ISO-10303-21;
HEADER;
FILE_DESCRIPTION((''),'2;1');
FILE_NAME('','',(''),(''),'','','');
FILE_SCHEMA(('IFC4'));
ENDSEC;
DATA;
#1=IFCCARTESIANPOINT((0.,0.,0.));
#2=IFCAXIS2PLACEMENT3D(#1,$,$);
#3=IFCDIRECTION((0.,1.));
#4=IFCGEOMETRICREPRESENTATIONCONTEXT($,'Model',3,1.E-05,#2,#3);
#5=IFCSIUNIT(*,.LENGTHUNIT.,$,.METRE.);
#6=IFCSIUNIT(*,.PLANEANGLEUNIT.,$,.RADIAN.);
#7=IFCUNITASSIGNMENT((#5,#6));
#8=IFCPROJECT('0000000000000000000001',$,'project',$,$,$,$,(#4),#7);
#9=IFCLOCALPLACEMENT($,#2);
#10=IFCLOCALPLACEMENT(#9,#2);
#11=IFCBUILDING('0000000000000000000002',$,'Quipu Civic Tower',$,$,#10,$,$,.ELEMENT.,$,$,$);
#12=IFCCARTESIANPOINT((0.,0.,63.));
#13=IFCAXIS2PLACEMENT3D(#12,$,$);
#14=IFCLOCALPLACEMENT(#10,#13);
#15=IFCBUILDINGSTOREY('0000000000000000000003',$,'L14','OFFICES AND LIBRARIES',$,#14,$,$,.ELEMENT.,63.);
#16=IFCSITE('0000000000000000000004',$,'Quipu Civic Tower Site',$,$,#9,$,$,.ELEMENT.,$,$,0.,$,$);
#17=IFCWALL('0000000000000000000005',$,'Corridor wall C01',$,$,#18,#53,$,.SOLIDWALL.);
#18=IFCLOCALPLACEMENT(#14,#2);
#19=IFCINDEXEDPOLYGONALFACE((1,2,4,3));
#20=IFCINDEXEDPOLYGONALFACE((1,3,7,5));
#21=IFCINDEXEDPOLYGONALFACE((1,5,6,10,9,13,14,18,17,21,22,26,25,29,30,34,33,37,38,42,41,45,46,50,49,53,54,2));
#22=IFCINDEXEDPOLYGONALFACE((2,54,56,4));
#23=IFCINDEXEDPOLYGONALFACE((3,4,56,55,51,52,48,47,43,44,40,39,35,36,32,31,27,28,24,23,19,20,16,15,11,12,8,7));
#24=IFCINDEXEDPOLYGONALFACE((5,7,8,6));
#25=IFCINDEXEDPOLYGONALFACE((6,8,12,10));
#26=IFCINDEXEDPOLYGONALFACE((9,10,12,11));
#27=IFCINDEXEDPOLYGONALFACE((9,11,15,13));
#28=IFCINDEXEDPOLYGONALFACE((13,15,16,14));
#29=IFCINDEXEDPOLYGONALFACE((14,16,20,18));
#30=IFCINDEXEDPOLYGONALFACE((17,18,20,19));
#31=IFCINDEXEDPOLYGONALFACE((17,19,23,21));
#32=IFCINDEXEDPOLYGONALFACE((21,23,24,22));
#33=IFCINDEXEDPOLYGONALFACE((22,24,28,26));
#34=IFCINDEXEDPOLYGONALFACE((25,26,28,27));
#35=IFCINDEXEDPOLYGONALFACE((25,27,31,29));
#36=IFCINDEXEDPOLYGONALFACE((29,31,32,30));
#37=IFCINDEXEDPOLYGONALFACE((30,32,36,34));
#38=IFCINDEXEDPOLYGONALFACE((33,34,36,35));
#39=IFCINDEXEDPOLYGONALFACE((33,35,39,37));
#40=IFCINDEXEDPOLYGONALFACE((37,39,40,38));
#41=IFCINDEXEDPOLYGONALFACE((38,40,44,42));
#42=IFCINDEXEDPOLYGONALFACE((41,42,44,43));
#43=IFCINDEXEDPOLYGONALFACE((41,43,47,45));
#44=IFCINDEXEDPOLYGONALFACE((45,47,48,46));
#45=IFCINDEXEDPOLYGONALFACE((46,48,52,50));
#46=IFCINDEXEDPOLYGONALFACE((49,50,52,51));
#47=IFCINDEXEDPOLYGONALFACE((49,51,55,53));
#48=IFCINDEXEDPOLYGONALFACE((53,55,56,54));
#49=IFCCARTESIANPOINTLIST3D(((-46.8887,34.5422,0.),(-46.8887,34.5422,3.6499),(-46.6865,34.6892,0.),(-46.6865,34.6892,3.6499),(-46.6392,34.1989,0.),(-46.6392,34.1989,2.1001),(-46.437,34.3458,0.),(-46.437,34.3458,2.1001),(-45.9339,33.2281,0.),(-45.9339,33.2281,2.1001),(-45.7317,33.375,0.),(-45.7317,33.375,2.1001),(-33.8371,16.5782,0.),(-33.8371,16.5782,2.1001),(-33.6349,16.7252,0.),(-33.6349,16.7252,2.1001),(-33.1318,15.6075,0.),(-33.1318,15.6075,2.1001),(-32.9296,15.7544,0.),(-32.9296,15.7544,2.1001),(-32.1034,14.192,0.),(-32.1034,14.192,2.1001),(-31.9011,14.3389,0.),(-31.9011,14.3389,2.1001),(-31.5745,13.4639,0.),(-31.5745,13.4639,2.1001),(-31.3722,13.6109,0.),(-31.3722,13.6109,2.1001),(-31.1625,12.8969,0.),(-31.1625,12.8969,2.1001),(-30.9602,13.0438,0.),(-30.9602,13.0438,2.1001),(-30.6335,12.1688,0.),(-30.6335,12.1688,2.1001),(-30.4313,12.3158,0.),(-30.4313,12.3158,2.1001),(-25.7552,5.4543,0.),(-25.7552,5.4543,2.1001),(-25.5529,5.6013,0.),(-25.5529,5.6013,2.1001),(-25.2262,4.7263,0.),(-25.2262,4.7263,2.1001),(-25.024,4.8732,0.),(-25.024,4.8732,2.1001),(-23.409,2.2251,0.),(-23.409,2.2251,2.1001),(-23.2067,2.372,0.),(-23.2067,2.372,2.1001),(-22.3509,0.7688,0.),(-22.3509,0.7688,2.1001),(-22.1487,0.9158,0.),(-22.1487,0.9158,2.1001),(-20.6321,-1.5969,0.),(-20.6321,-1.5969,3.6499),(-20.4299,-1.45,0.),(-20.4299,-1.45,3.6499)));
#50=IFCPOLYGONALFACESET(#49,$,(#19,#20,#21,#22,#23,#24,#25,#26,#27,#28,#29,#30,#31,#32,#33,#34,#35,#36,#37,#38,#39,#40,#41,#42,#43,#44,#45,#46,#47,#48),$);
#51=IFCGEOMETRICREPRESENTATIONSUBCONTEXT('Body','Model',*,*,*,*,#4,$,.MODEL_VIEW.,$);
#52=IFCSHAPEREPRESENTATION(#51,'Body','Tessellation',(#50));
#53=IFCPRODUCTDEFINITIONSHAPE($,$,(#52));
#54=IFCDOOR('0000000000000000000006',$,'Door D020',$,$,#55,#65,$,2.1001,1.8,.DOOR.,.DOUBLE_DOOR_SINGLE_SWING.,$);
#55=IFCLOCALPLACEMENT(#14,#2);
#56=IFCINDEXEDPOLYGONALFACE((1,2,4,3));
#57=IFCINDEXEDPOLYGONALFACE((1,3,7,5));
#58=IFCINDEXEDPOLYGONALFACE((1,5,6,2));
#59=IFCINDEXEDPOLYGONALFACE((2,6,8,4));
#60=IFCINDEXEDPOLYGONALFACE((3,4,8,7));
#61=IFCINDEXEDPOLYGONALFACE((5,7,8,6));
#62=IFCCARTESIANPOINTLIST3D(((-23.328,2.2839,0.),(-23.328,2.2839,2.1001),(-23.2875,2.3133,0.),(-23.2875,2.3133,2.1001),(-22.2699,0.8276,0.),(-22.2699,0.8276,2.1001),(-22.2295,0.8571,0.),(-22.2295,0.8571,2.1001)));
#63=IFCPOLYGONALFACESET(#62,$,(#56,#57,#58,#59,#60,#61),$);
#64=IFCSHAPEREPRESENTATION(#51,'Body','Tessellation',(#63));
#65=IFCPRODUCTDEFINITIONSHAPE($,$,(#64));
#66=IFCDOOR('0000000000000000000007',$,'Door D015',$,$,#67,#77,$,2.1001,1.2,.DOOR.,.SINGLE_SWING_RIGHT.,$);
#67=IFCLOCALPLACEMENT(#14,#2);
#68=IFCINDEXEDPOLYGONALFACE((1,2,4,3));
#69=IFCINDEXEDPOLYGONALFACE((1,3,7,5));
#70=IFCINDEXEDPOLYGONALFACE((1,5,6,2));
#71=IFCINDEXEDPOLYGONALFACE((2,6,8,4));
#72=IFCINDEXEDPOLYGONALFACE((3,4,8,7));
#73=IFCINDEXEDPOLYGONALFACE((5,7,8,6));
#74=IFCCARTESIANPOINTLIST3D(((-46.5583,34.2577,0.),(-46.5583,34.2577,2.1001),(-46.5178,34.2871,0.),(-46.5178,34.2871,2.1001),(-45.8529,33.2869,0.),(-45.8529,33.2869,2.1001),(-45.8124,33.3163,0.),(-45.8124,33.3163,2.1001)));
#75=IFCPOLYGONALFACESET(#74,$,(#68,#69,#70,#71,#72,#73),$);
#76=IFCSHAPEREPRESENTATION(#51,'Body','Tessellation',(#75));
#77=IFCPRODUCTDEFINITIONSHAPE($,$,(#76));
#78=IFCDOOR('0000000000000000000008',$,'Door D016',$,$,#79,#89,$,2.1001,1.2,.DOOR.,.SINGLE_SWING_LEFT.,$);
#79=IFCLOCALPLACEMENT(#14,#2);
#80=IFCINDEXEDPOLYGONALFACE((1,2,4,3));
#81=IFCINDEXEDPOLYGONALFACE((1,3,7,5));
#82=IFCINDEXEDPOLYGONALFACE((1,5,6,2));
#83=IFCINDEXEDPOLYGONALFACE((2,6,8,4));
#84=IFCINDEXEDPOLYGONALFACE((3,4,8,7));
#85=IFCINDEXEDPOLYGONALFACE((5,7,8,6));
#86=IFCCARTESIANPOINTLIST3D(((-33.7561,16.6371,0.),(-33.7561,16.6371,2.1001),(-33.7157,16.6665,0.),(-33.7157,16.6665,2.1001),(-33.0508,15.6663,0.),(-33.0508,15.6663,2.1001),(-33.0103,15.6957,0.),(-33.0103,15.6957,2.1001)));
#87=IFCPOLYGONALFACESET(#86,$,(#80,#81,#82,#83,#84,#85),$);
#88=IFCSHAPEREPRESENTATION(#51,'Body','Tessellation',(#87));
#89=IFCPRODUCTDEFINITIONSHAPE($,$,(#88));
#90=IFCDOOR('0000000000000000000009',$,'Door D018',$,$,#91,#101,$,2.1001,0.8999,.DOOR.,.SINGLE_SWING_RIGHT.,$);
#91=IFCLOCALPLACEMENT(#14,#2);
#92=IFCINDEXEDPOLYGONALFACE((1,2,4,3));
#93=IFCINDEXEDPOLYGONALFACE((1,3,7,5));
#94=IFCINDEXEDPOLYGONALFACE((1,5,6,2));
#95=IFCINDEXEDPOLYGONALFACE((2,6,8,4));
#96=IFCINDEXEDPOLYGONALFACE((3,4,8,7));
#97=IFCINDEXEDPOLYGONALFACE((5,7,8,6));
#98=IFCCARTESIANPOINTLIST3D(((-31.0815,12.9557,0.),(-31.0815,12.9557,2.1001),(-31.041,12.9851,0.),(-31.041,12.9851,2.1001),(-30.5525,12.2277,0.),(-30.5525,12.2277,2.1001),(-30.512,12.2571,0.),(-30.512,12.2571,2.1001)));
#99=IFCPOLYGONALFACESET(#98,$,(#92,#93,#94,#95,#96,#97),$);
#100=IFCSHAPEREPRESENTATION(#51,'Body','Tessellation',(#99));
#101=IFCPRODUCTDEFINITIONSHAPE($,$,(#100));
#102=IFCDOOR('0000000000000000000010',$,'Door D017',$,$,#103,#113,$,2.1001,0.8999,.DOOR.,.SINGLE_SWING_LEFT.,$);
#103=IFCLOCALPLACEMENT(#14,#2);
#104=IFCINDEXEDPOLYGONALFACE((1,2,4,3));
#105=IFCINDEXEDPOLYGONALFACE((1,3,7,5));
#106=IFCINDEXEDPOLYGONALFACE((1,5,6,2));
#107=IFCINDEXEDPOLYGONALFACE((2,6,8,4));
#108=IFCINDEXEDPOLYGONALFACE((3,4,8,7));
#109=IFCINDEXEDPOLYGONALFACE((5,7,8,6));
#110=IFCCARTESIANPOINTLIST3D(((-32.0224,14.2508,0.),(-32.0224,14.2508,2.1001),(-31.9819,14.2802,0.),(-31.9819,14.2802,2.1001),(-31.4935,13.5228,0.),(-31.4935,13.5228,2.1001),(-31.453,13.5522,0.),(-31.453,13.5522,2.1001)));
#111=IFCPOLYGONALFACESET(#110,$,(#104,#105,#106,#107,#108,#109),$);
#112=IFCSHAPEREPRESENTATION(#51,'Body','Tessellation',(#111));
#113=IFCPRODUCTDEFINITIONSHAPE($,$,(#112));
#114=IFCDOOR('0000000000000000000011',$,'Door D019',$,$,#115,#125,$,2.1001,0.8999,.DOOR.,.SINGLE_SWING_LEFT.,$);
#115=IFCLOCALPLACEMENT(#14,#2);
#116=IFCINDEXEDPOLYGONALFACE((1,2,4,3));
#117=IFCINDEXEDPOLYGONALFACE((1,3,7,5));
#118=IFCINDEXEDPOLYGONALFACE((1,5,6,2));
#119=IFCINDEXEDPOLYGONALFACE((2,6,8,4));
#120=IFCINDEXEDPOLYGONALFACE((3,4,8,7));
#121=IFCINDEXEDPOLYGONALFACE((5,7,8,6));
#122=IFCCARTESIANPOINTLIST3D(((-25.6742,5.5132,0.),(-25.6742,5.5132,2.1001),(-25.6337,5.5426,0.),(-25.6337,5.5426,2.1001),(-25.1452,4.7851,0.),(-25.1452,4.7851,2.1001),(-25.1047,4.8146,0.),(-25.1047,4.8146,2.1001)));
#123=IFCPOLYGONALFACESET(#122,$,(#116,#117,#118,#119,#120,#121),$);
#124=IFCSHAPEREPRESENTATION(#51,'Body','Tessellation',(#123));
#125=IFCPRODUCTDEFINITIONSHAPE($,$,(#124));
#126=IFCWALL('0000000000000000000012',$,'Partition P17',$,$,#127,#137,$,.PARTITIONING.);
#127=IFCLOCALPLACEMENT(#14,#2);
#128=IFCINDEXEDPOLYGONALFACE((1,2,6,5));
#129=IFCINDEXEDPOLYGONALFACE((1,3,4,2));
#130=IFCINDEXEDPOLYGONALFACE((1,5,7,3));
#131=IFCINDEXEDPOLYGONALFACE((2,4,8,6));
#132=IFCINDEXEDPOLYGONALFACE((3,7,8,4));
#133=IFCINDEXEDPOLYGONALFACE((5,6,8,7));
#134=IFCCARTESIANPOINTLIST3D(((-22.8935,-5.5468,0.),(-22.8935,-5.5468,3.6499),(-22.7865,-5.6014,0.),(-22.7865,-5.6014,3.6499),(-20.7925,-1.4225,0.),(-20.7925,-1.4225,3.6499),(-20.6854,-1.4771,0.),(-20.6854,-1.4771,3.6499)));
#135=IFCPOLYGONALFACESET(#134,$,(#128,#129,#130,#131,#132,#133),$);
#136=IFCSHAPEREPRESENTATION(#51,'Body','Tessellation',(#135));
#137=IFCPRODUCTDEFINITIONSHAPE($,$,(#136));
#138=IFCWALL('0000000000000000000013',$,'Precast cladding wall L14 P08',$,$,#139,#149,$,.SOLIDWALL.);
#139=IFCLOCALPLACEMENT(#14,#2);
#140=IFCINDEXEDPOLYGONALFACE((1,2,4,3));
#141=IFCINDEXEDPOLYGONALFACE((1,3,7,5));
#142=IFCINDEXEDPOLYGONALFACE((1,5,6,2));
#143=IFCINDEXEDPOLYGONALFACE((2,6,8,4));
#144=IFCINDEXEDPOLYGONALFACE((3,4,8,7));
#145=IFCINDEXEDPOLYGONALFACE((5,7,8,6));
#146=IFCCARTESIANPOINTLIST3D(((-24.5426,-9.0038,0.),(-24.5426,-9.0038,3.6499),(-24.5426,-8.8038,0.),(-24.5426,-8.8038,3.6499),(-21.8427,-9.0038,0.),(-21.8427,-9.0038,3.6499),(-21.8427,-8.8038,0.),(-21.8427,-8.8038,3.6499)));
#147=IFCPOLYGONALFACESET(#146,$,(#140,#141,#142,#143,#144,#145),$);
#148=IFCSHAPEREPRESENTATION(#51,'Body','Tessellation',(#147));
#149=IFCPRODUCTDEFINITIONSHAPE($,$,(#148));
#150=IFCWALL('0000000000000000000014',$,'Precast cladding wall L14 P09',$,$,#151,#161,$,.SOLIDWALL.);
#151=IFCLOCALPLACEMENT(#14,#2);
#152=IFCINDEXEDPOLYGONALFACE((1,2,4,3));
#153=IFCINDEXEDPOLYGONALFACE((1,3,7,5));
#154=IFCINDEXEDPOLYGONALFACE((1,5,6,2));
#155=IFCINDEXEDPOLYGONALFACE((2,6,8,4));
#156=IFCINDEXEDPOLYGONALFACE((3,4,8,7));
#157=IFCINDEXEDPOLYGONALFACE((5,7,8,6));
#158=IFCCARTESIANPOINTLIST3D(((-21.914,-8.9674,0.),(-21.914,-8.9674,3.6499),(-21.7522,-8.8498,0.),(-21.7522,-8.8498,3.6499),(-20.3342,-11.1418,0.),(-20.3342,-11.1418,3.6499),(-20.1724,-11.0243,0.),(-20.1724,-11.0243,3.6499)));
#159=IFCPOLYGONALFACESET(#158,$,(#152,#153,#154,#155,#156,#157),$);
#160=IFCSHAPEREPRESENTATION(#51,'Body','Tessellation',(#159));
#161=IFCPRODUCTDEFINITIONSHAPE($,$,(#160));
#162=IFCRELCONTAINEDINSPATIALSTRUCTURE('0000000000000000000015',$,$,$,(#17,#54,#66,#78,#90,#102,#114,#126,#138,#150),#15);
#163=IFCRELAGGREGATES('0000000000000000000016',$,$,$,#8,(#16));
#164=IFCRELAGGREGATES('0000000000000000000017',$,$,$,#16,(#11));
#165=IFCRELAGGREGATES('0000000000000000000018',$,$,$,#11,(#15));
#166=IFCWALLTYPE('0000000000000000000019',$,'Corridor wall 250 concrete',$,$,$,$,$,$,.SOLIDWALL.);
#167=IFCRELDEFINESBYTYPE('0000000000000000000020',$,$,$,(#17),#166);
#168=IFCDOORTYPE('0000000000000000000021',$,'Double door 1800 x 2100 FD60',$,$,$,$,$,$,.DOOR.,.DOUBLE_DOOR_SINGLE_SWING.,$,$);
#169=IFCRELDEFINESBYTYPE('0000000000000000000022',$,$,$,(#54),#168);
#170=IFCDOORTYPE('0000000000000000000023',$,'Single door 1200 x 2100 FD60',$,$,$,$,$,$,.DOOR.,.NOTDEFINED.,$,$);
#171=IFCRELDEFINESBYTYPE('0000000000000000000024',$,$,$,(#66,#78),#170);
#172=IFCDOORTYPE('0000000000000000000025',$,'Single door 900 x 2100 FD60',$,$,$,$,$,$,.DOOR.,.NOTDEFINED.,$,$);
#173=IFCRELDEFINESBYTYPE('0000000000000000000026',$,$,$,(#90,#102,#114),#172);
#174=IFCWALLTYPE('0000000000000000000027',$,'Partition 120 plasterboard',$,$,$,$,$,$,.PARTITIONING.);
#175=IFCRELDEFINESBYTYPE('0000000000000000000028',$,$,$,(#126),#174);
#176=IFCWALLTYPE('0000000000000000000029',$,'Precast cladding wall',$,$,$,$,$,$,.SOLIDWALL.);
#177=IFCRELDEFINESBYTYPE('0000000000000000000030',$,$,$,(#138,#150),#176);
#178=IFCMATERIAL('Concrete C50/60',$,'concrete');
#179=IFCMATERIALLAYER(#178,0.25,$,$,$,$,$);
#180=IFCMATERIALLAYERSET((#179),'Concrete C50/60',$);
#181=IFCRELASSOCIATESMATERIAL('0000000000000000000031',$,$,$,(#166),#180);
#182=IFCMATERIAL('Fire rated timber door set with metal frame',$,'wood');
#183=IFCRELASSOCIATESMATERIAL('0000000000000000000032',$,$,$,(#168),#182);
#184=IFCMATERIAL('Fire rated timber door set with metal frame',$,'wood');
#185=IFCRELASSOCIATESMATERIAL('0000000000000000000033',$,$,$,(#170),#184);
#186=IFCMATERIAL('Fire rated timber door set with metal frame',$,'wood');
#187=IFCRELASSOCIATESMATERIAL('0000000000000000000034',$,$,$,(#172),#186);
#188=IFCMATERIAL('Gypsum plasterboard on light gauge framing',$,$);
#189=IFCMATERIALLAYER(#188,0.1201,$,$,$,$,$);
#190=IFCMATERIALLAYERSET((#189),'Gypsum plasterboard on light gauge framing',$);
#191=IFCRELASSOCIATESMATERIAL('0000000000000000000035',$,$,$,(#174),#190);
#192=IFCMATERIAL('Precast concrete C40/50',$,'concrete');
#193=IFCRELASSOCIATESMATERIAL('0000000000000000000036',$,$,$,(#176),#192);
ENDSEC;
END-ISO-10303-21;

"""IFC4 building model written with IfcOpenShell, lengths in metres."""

from ifc_helpers import new_model, si_unit, direction, frame, frame_2d, origin, place, context, subcontext, project, spatial, rectangle, extrude, material, layer, layer_set, type_object, element, fill, save


model = new_model("IFC4")

# Units and contexts
model_context = context("Model", 3, precision=1e-05, world=origin(), true_north=direction((0.0, 1.0)))
body_context = subcontext(model_context, "Body", "Model", "MODEL_VIEW")
ifc_project = project(units=[si_unit("LENGTHUNIT", "METRE"), si_unit("PLANEANGLEUNIT", "RADIAN")], contexts=[model_context])

# Site, building, storey
site_placement = place(None, origin())
site = spatial("IfcSite", under=ifc_project, at=site_placement, Name="Quipu Civic Tower Site", CompositionType="ELEMENT", RefElevation=0.0)
building_placement = place(site_placement, origin())
building = spatial("IfcBuilding", under=site, at=building_placement, Name="Quipu Civic Tower", CompositionType="ELEMENT")
storey_placement = place(building_placement, frame((0.0, 0.0, 63.0)))
storey = spatial("IfcBuildingStorey", under=building, at=storey_placement, Name="L14", Description="OFFICES AND LIBRARIES", CompositionType="ELEMENT", Elevation=63.0)

# Wall, openings, doors
ifc_material_1 = material(Name="Concrete C50/60", Category="concrete")
ifc_layer_1 = layer(ifc_material_1, 0.25)
ifc_layer_set_1 = layer_set([ifc_layer_1], Name="Concrete C50/60")
wall_type_1 = type_object("IfcWallType", Name="Corridor wall 250 concrete", PredefinedType="SOLIDWALL", material=ifc_layer_set_1)
wall_1_placement = place(storey_placement, frame((-20.531, -1.5234, 0.0), z_axis=(0.0, 0.0, 1.0), x_axis=(-0.587785, 0.809017, 0.0)))
wall_1 = element("IfcWall", 1, at=wall_1_placement, inside=storey, type_object=wall_type_1, Name="Corridor wall C01", PredefinedType="SOLIDWALL", context=body_context, shape_type="SweptSolid", body=[
    extrude(rectangle(XDim=44.6704, YDim=0.25, at=frame_2d((22.3352, 0.0))), origin(), (0.0, 0.0, 1.0), 3.6499),
])
opening_1_placement = place(wall_1_placement, frame((43.0459, 0.0, 0.0)))
opening_1 = element("IfcOpeningElement", 2, at=opening_1_placement, cuts=wall_1, PredefinedType="OPENING", context=body_context, shape_type="SweptSolid", body=[
    extrude(rectangle(XDim=1.2, YDim=2.1001, at=frame_2d((0.6001, 1.05))), frame((0.0, 0.135, 0.0), z_axis=(0.0, -1.0, 0.0), x_axis=(1.0, 0.0, 0.0)), (0.0, 0.0, 1.0), 0.27),
])
opening_2_placement = place(wall_1_placement, frame((21.2656, 0.0, 0.0)))
opening_2 = element("IfcOpeningElement", 3, at=opening_2_placement, cuts=wall_1, PredefinedType="OPENING", context=body_context, shape_type="SweptSolid", body=[
    extrude(rectangle(XDim=1.2, YDim=2.1001, at=frame_2d((0.6001, 1.05))), frame((0.0, 0.135, 0.0), z_axis=(0.0, -1.0, 0.0), x_axis=(1.0, 0.0, 0.0)), (0.0, 0.0, 1.0), 0.27),
])
opening_3_placement = place(wall_1_placement, frame((17.0154, 0.0, 0.0)))
opening_3 = element("IfcOpeningElement", 4, at=opening_3_placement, cuts=wall_1, PredefinedType="OPENING", context=body_context, shape_type="SweptSolid", body=[
    extrude(rectangle(XDim=0.8999, YDim=2.1001, at=frame_2d((0.45, 1.05))), frame((0.0, 0.135, 0.0), z_axis=(0.0, -1.0, 0.0), x_axis=(1.0, 0.0, 0.0)), (0.0, 0.0, 1.0), 0.27),
])
opening_4_placement = place(wall_1_placement, frame((2.9243, 0.0, 0.0)))
opening_4 = element("IfcOpeningElement", 5, at=opening_4_placement, cuts=wall_1, PredefinedType="OPENING", context=body_context, shape_type="SweptSolid", body=[
    extrude(rectangle(XDim=1.8, YDim=2.1001, at=frame_2d((0.8999, 1.05))), frame((0.0, 0.135, 0.0), z_axis=(0.0, -1.0, 0.0), x_axis=(1.0, 0.0, 0.0)), (0.0, 0.0, 1.0), 0.27),
])
opening_5_placement = place(wall_1_placement, frame((18.6162, 0.0, 0.0)))
opening_5 = element("IfcOpeningElement", 6, at=opening_5_placement, cuts=wall_1, PredefinedType="OPENING", context=body_context, shape_type="SweptSolid", body=[
    extrude(rectangle(XDim=0.8999, YDim=2.1001, at=frame_2d((0.45, 1.05))), frame((0.0, 0.135, 0.0), z_axis=(0.0, -1.0, 0.0), x_axis=(1.0, 0.0, 0.0)), (0.0, 0.0, 1.0), 0.27),
])
opening_6_placement = place(wall_1_placement, frame((7.8159, 0.0, 0.0)))
opening_6 = element("IfcOpeningElement", 7, at=opening_6_placement, cuts=wall_1, PredefinedType="OPENING", context=body_context, shape_type="SweptSolid", body=[
    extrude(rectangle(XDim=0.8999, YDim=2.1001, at=frame_2d((0.45, 1.05))), frame((0.0, 0.135, 0.0), z_axis=(0.0, -1.0, 0.0), x_axis=(1.0, 0.0, 0.0)), (0.0, 0.0, 1.0), 0.27),
])
ifc_material_2 = material(Name="Fire rated timber door set with metal frame", Category="wood")
door_type_1 = type_object("IfcDoorType", Name="Double door 1800 x 2100 FD60", OperationType="DOUBLE_DOOR_SINGLE_SWING", PredefinedType="DOOR", material=ifc_material_2)
door_1_placement = place(opening_4_placement, origin())
door_1 = element("IfcDoor", 8, at=door_1_placement, inside=storey, type_object=door_type_1, Name="Door D020", OperationType="DOUBLE_DOOR_SINGLE_SWING", OverallHeight=2.1001, OverallWidth=1.8, PredefinedType="DOOR", context=body_context, shape_type="SweptSolid", body=[
    extrude(rectangle(XDim=1.8, YDim=2.1001, at=frame_2d((0.8999, 1.05))), frame((0.0, 0.0249, 0.0), z_axis=(0.0, -1.0, 0.0), x_axis=(1.0, 0.0, 0.0)), (0.0, 0.0, 1.0), 0.05),
])
fill(opening_4, door_1)
ifc_material_3 = material(Name="Fire rated timber door set with metal frame", Category="wood")
door_type_2 = type_object("IfcDoorType", Name="Single door 1200 x 2100 FD60", OperationType="NOTDEFINED", PredefinedType="DOOR", material=ifc_material_3)
door_2_placement = place(opening_1_placement, origin())
door_2 = element("IfcDoor", 9, at=door_2_placement, inside=storey, type_object=door_type_2, Name="Door D015", OperationType="SINGLE_SWING_RIGHT", OverallHeight=2.1001, OverallWidth=1.2, PredefinedType="DOOR", context=body_context, shape_type="SweptSolid", body=[
    extrude(rectangle(XDim=1.2, YDim=2.1001, at=frame_2d((0.6001, 1.05))), frame((0.0, 0.0249, 0.0), z_axis=(0.0, -1.0, 0.0), x_axis=(1.0, 0.0, 0.0)), (0.0, 0.0, 1.0), 0.05),
])
fill(opening_1, door_2)
door_3_placement = place(opening_2_placement, origin())
door_3 = element("IfcDoor", 10, at=door_3_placement, inside=storey, type_object=door_type_2, Name="Door D016", OperationType="SINGLE_SWING_LEFT", OverallHeight=2.1001, OverallWidth=1.2, PredefinedType="DOOR", context=body_context, shape_type="SweptSolid", body=[
    extrude(rectangle(XDim=1.2, YDim=2.1001, at=frame_2d((0.6001, 1.05))), frame((0.0, 0.0249, 0.0), z_axis=(0.0, -1.0, 0.0), x_axis=(1.0, 0.0, 0.0)), (0.0, 0.0, 1.0), 0.05),
])
fill(opening_2, door_3)
ifc_material_4 = material(Name="Fire rated timber door set with metal frame", Category="wood")
door_type_3 = type_object("IfcDoorType", Name="Single door 900 x 2100 FD60", OperationType="NOTDEFINED", PredefinedType="DOOR", material=ifc_material_4)
door_4_placement = place(opening_3_placement, origin())
door_4 = element("IfcDoor", 11, at=door_4_placement, inside=storey, type_object=door_type_3, Name="Door D018", OperationType="SINGLE_SWING_RIGHT", OverallHeight=2.1001, OverallWidth=0.8999, PredefinedType="DOOR", context=body_context, shape_type="SweptSolid", body=[
    extrude(rectangle(XDim=0.8999, YDim=2.1001, at=frame_2d((0.45, 1.05))), frame((0.0, 0.0249, 0.0), z_axis=(0.0, -1.0, 0.0), x_axis=(1.0, 0.0, 0.0)), (0.0, 0.0, 1.0), 0.05),
])
fill(opening_3, door_4)
door_5_placement = place(opening_5_placement, origin())
door_5 = element("IfcDoor", 12, at=door_5_placement, inside=storey, type_object=door_type_3, Name="Door D017", OperationType="SINGLE_SWING_LEFT", OverallHeight=2.1001, OverallWidth=0.8999, PredefinedType="DOOR", context=body_context, shape_type="SweptSolid", body=[
    extrude(rectangle(XDim=0.8999, YDim=2.1001, at=frame_2d((0.45, 1.05))), frame((0.0, 0.0249, 0.0), z_axis=(0.0, -1.0, 0.0), x_axis=(1.0, 0.0, 0.0)), (0.0, 0.0, 1.0), 0.05),
])
fill(opening_5, door_5)
door_6_placement = place(opening_6_placement, origin())
door_6 = element("IfcDoor", 13, at=door_6_placement, inside=storey, type_object=door_type_3, Name="Door D019", OperationType="SINGLE_SWING_LEFT", OverallHeight=2.1001, OverallWidth=0.8999, PredefinedType="DOOR", context=body_context, shape_type="SweptSolid", body=[
    extrude(rectangle(XDim=0.8999, YDim=2.1001, at=frame_2d((0.45, 1.05))), frame((0.0, 0.0249, 0.0), z_axis=(0.0, -1.0, 0.0), x_axis=(1.0, 0.0, 0.0)), (0.0, 0.0, 1.0), 0.05),
])
fill(opening_6, door_6)

# Walls
ifc_material_5 = material(Name="Gypsum plasterboard on light gauge framing")
ifc_layer_2 = layer(ifc_material_5, 0.1201)
ifc_layer_set_2 = layer_set([ifc_layer_2], Name="Gypsum plasterboard on light gauge framing")
wall_type_2 = type_object("IfcWallType", Name="Partition 120 plasterboard", PredefinedType="PARTITIONING", material=ifc_layer_set_2)
wall_2_placement = place(storey_placement, frame((-22.8401, -5.5742, 0.0), z_axis=(0.0, 0.0, 1.0), x_axis=(0.453931, 0.891037, 0.0)))
element("IfcWall", 14, at=wall_2_placement, inside=storey, type_object=wall_type_2, Name="Partition P17", PredefinedType="PARTITIONING", context=body_context, shape_type="SweptSolid", body=[
    extrude(rectangle(XDim=4.6287, YDim=0.1201, at=frame_2d((2.3145, 0.0))), origin(), (0.0, 0.0, 1.0), 3.6499),
])
ifc_material_6 = material(Name="Precast concrete C40/50", Category="concrete")
wall_type_3 = type_object("IfcWallType", Name="Precast cladding wall", PredefinedType="SOLIDWALL", material=ifc_material_6)
wall_3_placement = place(storey_placement, frame((-24.5427, -8.9038, 0.0), z_axis=(0.0, 0.0, 1.0), x_axis=(1.0, 0.0, 0.0)))
element("IfcWall", 15, at=wall_3_placement, inside=storey, type_object=wall_type_3, Name="Precast cladding wall L14 P08", PredefinedType="SOLIDWALL", context=body_context, shape_type="SweptSolid", body=[
    extrude(rectangle(XDim=2.7, YDim=0.2, at=frame_2d((1.3501, 0.0))), origin(), (0.0, 0.0, 1.0), 3.6499),
])
wall_4_placement = place(storey_placement, frame((-21.833, -8.9087, 0.0), z_axis=(0.0, 0.0, 1.0), x_axis=(0.587767, -0.809031, 0.0)))
element("IfcWall", 16, at=wall_4_placement, inside=storey, type_object=wall_type_3, Name="Precast cladding wall L14 P09", PredefinedType="SOLIDWALL", context=body_context, shape_type="SweptSolid", body=[
    extrude(rectangle(XDim=2.6877, YDim=0.2, at=frame_2d((1.3438, 0.0))), origin(), (0.0, 0.0, 1.0), 3.6499),
])

save(model, "model.ifc")
